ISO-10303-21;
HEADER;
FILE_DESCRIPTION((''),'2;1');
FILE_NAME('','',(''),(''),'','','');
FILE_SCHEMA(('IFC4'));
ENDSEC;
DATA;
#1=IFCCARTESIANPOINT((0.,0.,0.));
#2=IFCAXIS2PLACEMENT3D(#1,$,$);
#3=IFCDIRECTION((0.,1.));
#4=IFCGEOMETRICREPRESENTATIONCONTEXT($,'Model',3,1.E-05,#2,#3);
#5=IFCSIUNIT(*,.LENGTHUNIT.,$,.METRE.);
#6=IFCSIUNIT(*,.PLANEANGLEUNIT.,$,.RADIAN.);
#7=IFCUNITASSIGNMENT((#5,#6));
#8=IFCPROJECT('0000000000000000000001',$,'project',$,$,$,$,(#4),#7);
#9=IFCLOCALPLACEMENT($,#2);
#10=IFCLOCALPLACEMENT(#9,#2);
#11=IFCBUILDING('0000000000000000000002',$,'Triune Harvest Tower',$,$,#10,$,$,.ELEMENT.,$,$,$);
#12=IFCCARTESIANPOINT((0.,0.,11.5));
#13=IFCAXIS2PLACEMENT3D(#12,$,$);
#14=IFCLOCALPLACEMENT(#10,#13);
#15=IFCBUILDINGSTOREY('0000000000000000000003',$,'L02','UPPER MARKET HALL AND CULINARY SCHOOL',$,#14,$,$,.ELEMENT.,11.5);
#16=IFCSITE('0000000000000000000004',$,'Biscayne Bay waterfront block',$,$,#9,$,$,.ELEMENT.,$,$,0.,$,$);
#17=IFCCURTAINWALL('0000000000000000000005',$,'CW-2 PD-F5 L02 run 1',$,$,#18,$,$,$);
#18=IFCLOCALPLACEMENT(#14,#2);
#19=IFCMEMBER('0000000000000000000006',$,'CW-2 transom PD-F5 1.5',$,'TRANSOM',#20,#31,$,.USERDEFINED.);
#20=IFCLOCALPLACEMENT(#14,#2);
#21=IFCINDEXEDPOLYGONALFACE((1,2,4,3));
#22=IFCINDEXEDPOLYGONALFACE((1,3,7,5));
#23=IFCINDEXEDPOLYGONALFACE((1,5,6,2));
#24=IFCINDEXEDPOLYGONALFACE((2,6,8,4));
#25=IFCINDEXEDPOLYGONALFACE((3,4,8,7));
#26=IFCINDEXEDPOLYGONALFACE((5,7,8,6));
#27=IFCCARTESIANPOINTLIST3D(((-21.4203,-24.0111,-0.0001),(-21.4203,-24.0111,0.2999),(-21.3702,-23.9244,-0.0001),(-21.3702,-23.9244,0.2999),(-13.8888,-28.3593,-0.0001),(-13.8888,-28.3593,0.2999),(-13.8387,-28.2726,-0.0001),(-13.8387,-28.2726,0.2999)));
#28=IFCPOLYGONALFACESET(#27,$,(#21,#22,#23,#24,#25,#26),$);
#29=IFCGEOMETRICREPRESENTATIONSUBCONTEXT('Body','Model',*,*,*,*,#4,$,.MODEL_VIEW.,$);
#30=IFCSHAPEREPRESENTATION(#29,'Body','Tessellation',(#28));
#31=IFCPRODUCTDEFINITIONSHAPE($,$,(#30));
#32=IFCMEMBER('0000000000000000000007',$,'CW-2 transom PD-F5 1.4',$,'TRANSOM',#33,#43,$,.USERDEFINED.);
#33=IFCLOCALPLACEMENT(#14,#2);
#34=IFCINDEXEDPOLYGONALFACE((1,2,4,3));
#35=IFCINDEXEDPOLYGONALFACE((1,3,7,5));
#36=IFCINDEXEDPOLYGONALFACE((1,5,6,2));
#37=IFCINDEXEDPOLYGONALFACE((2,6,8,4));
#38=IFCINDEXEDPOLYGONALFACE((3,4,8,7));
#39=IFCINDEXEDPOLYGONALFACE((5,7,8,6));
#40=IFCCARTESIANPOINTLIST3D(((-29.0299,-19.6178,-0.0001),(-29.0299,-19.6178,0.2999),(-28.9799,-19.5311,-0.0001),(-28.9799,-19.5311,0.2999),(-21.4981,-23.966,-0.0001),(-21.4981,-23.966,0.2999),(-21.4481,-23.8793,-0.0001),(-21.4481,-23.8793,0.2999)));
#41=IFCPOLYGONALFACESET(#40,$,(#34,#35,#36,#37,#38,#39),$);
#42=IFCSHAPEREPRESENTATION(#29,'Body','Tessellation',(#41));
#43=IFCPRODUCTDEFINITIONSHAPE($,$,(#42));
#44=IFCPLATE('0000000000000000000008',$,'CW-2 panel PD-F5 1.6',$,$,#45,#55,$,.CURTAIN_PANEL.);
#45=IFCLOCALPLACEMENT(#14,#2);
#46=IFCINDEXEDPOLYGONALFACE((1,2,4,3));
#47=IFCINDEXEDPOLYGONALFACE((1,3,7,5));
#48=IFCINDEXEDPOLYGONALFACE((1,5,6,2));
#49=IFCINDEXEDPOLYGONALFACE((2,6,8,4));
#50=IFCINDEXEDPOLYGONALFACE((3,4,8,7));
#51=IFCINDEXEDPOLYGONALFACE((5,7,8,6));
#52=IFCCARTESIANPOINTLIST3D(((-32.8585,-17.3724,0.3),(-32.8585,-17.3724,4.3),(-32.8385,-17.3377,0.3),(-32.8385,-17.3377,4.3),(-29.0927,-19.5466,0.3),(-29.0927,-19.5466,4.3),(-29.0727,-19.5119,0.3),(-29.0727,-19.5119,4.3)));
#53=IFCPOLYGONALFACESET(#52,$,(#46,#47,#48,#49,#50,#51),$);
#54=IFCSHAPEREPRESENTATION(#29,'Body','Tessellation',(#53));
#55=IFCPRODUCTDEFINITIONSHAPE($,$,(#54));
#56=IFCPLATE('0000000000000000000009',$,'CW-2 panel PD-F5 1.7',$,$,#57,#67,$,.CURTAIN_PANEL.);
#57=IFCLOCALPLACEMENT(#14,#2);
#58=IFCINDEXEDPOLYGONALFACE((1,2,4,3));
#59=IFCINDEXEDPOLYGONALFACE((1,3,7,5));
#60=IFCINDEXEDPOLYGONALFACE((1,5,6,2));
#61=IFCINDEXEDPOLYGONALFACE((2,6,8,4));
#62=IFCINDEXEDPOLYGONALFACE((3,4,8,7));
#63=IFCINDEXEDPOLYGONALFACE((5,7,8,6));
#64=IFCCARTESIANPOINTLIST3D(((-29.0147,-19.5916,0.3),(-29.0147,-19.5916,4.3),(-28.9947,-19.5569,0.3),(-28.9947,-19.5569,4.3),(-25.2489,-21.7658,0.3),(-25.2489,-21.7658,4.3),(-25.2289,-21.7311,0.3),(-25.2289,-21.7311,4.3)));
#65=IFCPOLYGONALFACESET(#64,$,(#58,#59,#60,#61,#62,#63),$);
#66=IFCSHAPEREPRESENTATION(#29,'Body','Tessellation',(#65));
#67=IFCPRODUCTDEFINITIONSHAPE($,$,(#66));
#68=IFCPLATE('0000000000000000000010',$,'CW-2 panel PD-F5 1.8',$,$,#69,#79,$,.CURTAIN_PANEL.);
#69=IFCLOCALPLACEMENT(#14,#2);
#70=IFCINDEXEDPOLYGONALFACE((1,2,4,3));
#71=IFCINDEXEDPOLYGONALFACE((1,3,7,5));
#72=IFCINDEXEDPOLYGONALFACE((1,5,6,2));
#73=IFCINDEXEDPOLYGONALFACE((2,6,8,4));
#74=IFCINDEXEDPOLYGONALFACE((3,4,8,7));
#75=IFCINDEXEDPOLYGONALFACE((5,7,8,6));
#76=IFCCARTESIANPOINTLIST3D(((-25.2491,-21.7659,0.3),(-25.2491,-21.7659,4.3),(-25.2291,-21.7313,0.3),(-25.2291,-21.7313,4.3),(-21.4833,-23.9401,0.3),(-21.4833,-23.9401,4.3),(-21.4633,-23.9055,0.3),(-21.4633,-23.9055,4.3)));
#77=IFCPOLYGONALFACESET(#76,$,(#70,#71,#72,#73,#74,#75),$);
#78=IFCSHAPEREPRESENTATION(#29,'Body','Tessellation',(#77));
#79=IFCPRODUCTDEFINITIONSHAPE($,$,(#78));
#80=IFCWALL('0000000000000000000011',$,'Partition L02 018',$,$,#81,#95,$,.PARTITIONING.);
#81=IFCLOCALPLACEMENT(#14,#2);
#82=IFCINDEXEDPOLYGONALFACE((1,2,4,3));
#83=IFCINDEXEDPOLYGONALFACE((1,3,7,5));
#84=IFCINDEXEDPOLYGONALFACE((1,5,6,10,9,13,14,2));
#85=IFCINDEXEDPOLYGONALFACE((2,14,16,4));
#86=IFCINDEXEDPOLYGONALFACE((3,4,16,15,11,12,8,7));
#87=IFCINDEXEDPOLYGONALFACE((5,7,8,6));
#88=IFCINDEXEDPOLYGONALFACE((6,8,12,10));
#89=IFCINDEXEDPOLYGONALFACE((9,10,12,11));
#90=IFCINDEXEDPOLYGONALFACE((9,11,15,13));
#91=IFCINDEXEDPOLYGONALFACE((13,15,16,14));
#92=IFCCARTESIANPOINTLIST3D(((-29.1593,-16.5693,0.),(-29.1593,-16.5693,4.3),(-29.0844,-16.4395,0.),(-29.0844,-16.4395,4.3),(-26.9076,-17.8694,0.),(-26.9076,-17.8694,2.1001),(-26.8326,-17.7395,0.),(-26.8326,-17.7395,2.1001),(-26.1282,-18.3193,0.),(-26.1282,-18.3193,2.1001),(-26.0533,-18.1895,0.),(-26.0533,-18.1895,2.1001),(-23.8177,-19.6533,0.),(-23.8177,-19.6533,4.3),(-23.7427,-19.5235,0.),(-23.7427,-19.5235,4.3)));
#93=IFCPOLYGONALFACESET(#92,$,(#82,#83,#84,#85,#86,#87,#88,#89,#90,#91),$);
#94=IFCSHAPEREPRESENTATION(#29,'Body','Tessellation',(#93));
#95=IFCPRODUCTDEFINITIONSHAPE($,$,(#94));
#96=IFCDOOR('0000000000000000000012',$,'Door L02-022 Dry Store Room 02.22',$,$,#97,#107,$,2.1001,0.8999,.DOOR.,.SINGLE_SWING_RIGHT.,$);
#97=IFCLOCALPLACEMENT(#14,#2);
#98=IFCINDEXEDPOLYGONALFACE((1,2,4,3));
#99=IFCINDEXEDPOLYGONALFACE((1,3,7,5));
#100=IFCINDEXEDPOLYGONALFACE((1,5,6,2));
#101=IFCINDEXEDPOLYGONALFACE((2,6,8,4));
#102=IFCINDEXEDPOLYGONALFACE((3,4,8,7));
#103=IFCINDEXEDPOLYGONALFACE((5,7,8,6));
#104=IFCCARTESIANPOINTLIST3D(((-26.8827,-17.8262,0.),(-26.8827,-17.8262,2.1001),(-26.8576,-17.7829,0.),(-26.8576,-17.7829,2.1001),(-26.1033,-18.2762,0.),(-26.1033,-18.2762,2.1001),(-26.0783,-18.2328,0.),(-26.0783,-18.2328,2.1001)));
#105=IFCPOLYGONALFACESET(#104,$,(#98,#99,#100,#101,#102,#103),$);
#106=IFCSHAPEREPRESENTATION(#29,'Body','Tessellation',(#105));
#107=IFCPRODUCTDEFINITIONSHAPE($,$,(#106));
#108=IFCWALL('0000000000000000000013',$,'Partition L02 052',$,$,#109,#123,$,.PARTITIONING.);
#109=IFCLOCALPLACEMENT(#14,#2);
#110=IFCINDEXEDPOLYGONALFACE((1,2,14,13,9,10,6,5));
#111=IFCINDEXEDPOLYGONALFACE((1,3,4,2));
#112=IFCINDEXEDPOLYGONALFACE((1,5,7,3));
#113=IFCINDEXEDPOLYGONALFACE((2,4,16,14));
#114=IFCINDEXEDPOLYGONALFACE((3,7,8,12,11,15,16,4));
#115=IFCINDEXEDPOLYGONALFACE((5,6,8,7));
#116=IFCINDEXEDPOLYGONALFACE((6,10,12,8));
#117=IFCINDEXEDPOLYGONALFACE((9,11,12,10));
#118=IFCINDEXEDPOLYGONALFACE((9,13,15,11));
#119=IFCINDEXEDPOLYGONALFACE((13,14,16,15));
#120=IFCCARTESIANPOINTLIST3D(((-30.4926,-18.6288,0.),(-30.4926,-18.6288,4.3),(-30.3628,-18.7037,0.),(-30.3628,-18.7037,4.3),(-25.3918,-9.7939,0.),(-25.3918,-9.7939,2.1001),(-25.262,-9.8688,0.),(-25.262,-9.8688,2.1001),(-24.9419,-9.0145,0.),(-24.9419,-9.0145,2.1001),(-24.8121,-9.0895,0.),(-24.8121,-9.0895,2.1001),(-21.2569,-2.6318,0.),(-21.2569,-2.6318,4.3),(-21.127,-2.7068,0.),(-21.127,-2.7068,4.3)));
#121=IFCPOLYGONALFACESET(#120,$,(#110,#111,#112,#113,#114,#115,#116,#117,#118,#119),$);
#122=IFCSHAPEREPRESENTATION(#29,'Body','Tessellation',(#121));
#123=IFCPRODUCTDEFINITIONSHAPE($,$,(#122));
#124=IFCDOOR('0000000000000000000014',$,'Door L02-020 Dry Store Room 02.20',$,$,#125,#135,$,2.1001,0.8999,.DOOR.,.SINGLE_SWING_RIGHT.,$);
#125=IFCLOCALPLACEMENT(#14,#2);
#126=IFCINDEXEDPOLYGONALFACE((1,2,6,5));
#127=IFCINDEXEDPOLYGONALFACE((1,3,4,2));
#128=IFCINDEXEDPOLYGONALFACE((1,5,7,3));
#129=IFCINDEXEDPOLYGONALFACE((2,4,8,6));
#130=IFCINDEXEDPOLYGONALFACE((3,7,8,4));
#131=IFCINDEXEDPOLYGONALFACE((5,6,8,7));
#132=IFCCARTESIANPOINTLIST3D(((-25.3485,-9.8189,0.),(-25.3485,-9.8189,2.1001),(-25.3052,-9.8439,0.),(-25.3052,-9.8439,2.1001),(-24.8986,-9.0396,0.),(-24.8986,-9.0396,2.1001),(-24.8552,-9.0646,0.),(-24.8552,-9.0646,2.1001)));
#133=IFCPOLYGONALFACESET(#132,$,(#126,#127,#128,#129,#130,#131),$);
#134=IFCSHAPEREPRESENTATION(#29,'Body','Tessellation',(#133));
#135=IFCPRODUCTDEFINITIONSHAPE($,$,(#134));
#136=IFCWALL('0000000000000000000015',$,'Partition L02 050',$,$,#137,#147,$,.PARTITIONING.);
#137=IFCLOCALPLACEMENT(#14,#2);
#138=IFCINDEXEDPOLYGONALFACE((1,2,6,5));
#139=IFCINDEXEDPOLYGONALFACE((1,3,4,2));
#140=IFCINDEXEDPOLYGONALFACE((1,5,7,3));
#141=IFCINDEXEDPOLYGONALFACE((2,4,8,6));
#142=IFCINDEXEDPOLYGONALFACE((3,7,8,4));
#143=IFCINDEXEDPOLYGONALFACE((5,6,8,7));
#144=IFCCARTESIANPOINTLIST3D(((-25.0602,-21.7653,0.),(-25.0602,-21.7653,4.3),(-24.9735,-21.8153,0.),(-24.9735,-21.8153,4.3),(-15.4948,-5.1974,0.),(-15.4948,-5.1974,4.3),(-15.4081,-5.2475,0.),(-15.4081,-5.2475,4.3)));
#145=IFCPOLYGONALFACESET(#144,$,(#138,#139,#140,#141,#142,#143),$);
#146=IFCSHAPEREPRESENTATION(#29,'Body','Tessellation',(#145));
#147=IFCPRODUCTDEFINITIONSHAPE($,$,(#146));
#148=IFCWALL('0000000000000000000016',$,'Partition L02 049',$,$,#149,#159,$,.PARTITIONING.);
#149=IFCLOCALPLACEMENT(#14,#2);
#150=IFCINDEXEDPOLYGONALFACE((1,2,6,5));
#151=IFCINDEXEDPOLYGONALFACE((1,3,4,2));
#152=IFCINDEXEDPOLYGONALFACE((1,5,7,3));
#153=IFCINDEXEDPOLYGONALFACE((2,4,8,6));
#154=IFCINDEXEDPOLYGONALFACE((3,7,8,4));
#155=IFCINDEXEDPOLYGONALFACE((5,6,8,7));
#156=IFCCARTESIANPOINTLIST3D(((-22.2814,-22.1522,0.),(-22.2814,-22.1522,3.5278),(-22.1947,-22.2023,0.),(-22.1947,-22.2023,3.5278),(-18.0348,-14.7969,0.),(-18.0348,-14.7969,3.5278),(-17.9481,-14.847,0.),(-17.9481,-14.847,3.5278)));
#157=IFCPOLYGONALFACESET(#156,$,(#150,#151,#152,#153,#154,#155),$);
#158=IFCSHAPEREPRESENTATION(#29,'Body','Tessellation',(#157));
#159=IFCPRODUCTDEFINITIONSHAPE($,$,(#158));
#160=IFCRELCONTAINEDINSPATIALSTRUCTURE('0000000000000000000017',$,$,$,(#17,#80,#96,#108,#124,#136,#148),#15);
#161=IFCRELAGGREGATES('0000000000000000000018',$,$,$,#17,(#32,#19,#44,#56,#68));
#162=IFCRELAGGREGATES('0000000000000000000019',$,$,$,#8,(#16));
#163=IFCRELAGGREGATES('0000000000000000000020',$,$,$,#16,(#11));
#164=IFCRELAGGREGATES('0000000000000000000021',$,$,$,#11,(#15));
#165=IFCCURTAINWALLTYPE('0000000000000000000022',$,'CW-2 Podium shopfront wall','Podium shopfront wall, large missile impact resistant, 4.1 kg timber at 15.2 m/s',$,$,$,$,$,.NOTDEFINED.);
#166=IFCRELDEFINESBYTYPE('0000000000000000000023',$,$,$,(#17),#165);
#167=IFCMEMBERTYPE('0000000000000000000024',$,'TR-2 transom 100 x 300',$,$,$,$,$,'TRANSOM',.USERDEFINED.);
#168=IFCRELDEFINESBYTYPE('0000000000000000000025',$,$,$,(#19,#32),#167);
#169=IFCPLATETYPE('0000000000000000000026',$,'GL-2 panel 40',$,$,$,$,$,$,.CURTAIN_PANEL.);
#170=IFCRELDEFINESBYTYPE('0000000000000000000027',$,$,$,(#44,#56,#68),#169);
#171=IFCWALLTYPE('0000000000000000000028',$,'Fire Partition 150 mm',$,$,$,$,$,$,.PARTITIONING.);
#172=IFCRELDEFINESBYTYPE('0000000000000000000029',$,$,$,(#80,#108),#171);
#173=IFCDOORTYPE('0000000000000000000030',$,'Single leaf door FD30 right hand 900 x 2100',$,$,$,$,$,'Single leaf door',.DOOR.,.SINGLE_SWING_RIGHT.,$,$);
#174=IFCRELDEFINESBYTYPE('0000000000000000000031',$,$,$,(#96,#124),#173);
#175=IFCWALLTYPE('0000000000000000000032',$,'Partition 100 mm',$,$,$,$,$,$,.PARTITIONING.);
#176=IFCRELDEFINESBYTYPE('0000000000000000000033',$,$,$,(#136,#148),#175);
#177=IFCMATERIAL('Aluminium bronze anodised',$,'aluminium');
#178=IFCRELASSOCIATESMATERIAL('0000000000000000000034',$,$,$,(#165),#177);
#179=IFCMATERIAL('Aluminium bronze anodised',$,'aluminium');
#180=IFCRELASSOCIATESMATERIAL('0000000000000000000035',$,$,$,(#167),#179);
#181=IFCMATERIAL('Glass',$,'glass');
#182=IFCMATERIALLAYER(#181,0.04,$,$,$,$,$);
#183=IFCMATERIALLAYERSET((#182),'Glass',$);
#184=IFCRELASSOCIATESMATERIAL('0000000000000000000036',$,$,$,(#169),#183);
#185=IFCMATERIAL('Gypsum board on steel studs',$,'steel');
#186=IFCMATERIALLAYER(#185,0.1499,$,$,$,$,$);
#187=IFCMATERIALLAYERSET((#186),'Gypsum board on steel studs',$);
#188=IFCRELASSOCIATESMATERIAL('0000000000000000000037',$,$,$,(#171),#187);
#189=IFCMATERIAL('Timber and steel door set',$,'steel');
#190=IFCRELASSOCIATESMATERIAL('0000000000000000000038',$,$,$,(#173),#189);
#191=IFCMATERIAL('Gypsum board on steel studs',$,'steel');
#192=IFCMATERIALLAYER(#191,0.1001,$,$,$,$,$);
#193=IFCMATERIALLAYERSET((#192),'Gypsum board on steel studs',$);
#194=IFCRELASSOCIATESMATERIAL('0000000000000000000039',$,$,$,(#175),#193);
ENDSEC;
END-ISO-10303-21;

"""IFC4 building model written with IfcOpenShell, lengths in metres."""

from ifc_helpers import new_model, si_unit, direction, frame, frame_2d, origin, origin_2d, place, context, subcontext, project, spatial, rectangle, extrude, source, transform, mapped, material, layer, layer_set, material_profile, profile_set, type_object, element, fill, aggregate, save


model = new_model("IFC4")

# Units and contexts
model_context = context("Model", 3, precision=1e-05, world=origin(), true_north=direction((0.0, 1.0)))
body_context = subcontext(model_context, "Body", "Model", "MODEL_VIEW")
ifc_project = project(units=[si_unit("LENGTHUNIT", "METRE"), si_unit("PLANEANGLEUNIT", "RADIAN")], contexts=[model_context])

# Site, building, storey
site_placement = place(None, origin())
site = spatial("IfcSite", under=ifc_project, at=site_placement, Name="Biscayne Bay waterfront block", CompositionType="ELEMENT", RefElevation=0.0)
building_placement = place(site_placement, origin())
building = spatial("IfcBuilding", under=site, at=building_placement, Name="Triune Harvest Tower", CompositionType="ELEMENT")
storey_placement = place(building_placement, frame((0.0, 0.0, 11.5)))
storey = spatial("IfcBuildingStorey", under=building, at=storey_placement, Name="L02", Description="UPPER MARKET HALL AND CULINARY SCHOOL", CompositionType="ELEMENT", Elevation=11.5)

# Curtain wall, members, plates
ifc_material_1 = material(Name="Aluminium bronze anodised", Category="aluminium")
curtain_wall_type = type_object("IfcCurtainWallType", Name="CW-2 Podium shopfront wall", Description="Podium shopfront wall, large missile impact resistant, 4.1 kg timber at 15.2 m/s", PredefinedType="NOTDEFINED", material=ifc_material_1)
curtain_wall_placement = place(storey_placement, origin())
curtain_wall = element("IfcCurtainWall", 1, at=curtain_wall_placement, inside=storey, type_object=curtain_wall_type, Name="CW-2 PD-F5 L02 run 1")
ifc_material_2 = material(Name="Aluminium bronze anodised", Category="aluminium")
ifc_material_profile_1 = material_profile(ifc_material_2, rectangle(XDim=0.1001, YDim=0.3, at=origin_2d()), Name="TR-2 transom 100 x 300")
ifc_profile_set_1 = profile_set([ifc_material_profile_1], Name="Aluminium bronze anodised")
member_type_1 = type_object("IfcMemberType", Name="TR-2 transom 100 x 300", ElementType="TRANSOM", PredefinedType="USERDEFINED", material=ifc_profile_set_1)
shared_shape_1 = source(origin(), body_context, "Body", "SweptSolid", [
    extrude(rectangle(XDim=0.1001, YDim=0.3, at=origin_2d()), origin(), (0.0, 0.0, 1.0), 8.6965),
])
member_1_placement = place(storey_placement, frame((-21.3953, -23.9678, 0.1499), z_axis=(0.866034, -0.499986, 0.0), x_axis=(0.499986, 0.866034, 0.0)))
member_1 = element("IfcMember", 2, at=member_1_placement, type_object=member_type_1, Name="CW-2 transom PD-F5 1.5", ObjectType="TRANSOM", PredefinedType="USERDEFINED", context=body_context, shape_type="MappedRepresentation", body=[
    mapped(shared_shape_1, transform((0.0, 0.0, 0.0), scale=1.0)),
])
shared_shape_2 = source(origin(), body_context, "Body", "SweptSolid", [
    extrude(rectangle(XDim=0.1001, YDim=0.3, at=origin_2d()), origin(), (0.0, 0.0, 1.0), 8.6968),
])
member_2_placement = place(storey_placement, frame((-29.0049, -19.5745, 0.1499), z_axis=(0.866041, -0.499974, 0.0), x_axis=(0.499974, 0.866041, 0.0)))
member_2 = element("IfcMember", 3, at=member_2_placement, type_object=member_type_1, Name="CW-2 transom PD-F5 1.4", ObjectType="TRANSOM", PredefinedType="USERDEFINED", context=body_context, shape_type="MappedRepresentation", body=[
    mapped(shared_shape_2, transform((0.0, 0.0, 0.0), scale=1.0)),
])
ifc_material_3 = material(Name="Glass", Category="glass")
ifc_layer_1 = layer(ifc_material_3, 0.04)
ifc_layer_set_1 = layer_set([ifc_layer_1], Name="Glass")
plate_type = type_object("IfcPlateType", Name="GL-2 panel 40", PredefinedType="CURTAIN_PANEL", material=ifc_layer_set_1)
shared_shape_3 = source(origin(), body_context, "Body", "SweptSolid", [
    extrude(rectangle(XDim=4.3484, YDim=0.04, at=origin_2d()), origin(), (0.0, 0.0, 1.0), 4.0),
])
plate_1_placement = place(storey_placement, frame((-30.9656, -18.4421, 0.3), z_axis=(0.0, 0.0, 1.0), x_axis=(0.866025, -0.5, 0.0)))
plate_1 = element("IfcPlate", 4, at=plate_1_placement, type_object=plate_type, Name="CW-2 panel PD-F5 1.6", PredefinedType="CURTAIN_PANEL", context=body_context, shape_type="MappedRepresentation", body=[
    mapped(shared_shape_3, transform((0.0, 0.0, 0.0), scale=1.0)),
])
plate_2_placement = place(storey_placement, frame((-27.1218, -20.6614, 0.3), z_axis=(0.0, 0.0, 1.0), x_axis=(0.866025, -0.5, 0.0)))
plate_2 = element("IfcPlate", 5, at=plate_2_placement, type_object=plate_type, Name="CW-2 panel PD-F5 1.7", PredefinedType="CURTAIN_PANEL", context=body_context, shape_type="MappedRepresentation", body=[
    mapped(shared_shape_3, transform((0.0, 0.0, 0.0), scale=1.0)),
])
plate_3_placement = place(storey_placement, frame((-23.3562, -22.8357, 0.3), z_axis=(0.0, 0.0, 1.0), x_axis=(0.866025, -0.5, 0.0)))
plate_3 = element("IfcPlate", 6, at=plate_3_placement, type_object=plate_type, Name="CW-2 panel PD-F5 1.8", PredefinedType="CURTAIN_PANEL", context=body_context, shape_type="MappedRepresentation", body=[
    mapped(shared_shape_3, transform((0.0, 0.0, 0.0), scale=1.0)),
])
aggregate(curtain_wall, [member_2, member_1, plate_1, plate_2, plate_3])

# Walls, openings, doors
ifc_material_4 = material(Name="Gypsum board on steel studs", Category="steel")
ifc_layer_2 = layer(ifc_material_4, 0.1499)
ifc_layer_set_2 = layer_set([ifc_layer_2], Name="Gypsum board on steel studs")
wall_type_1 = type_object("IfcWallType", Name="Fire Partition 150 mm", PredefinedType="PARTITIONING", material=ifc_layer_set_2)
wall_1_placement = place(storey_placement, frame((-29.1218, -16.5044, 0.0), z_axis=(0.0, 0.0, 1.0), x_axis=(0.866023, -0.500005, 0.0)))
wall_1 = element("IfcWall", 7, at=wall_1_placement, inside=storey, type_object=wall_type_1, Name="Partition L02 018", PredefinedType="PARTITIONING", context=body_context, shape_type="SweptSolid", body=[
    extrude(rectangle(XDim=6.168, YDim=0.1499, at=frame_2d((3.084, 0.0))), origin(), (0.0, 0.0, 1.0), 4.3),
])
opening_1_placement = place(wall_1_placement, frame((2.6001, 0.0, 0.0)))
opening_1 = element("IfcOpeningElement", 8, at=opening_1_placement, cuts=wall_1, PredefinedType="OPENING", context=body_context, shape_type="SweptSolid", body=[
    extrude(rectangle(XDim=0.8999, YDim=2.1001, at=frame_2d((0.45, 1.05))), frame((0.0, 0.085, 0.0), z_axis=(0.0, -1.0, 0.0), x_axis=(1.0, 0.0, 0.0)), (0.0, 0.0, 1.0), 0.1699),
])
ifc_material_5 = material(Name="Timber and steel door set", Category="steel")
door_type = type_object("IfcDoorType", Name="Single leaf door FD30 right hand 900 x 2100", ElementType="Single leaf door", OperationType="SINGLE_SWING_RIGHT", PredefinedType="DOOR", material=ifc_material_5)
door_1_placement = place(opening_1_placement, origin())
door_1 = element("IfcDoor", 9, at=door_1_placement, inside=storey, type_object=door_type, Name="Door L02-022 Dry Store Room 02.22", OperationType="SINGLE_SWING_RIGHT", OverallHeight=2.1001, OverallWidth=0.8999, PredefinedType="DOOR", context=body_context, shape_type="SweptSolid", body=[
    extrude(rectangle(XDim=0.8999, YDim=2.1001, at=frame_2d((0.45, 1.05))), frame((0.0, 0.0249, 0.0), z_axis=(0.0, -1.0, 0.0), x_axis=(1.0, 0.0, 0.0)), (0.0, 0.0, 1.0), 0.05),
])
fill(opening_1, door_1)
wall_2_placement = place(storey_placement, frame((-30.4277, -18.6663, 0.0), z_axis=(0.0, 0.0, 1.0), x_axis=(0.499997, 0.866027, 0.0)))
wall_2 = element("IfcWall", 10, at=wall_2_placement, inside=storey, type_object=wall_type_1, Name="Partition L02 052", PredefinedType="PARTITIONING", context=body_context, shape_type="SweptSolid", body=[
    extrude(rectangle(XDim=18.4717, YDim=0.1499, at=frame_2d((9.2358, 0.0))), origin(), (0.0, 0.0, 1.0), 4.3),
])
opening_2_placement = place(wall_2_placement, frame((10.2017, 0.0, 0.0)))
opening_2 = element("IfcOpeningElement", 11, at=opening_2_placement, cuts=wall_2, PredefinedType="OPENING", context=body_context, shape_type="SweptSolid", body=[
    extrude(rectangle(XDim=0.8999, YDim=2.1001, at=frame_2d((0.45, 1.05))), frame((0.0, 0.085, 0.0), z_axis=(0.0, -1.0, 0.0), x_axis=(1.0, 0.0, 0.0)), (0.0, 0.0, 1.0), 0.1699),
])
door_2_placement = place(opening_2_placement, origin())
door_2 = element("IfcDoor", 12, at=door_2_placement, inside=storey, type_object=door_type, Name="Door L02-020 Dry Store Room 02.20", OperationType="SINGLE_SWING_RIGHT", OverallHeight=2.1001, OverallWidth=0.8999, PredefinedType="DOOR", context=body_context, shape_type="SweptSolid", body=[
    extrude(rectangle(XDim=0.8999, YDim=2.1001, at=frame_2d((0.45, 1.05))), frame((0.0, 0.0249, 0.0), z_axis=(0.0, -1.0, 0.0), x_axis=(1.0, 0.0, 0.0)), (0.0, 0.0, 1.0), 0.05),
])
fill(opening_2, door_2)

# Walls
ifc_material_6 = material(Name="Gypsum board on steel studs", Category="steel")
ifc_layer_3 = layer(ifc_material_6, 0.1001)
ifc_layer_set_3 = layer_set([ifc_layer_3], Name="Gypsum board on steel studs")
wall_type_2 = type_object("IfcWallType", Name="Partition 100 mm", PredefinedType="PARTITIONING", material=ifc_layer_set_3)
wall_3_placement = place(storey_placement, frame((-25.0168, -21.7903, 0.0), z_axis=(0.0, 0.0, 1.0), x_axis=(0.499999, 0.866026, 0.0)))
element("IfcWall", 13, at=wall_3_placement, inside=storey, type_object=wall_type_2, Name="Partition L02 050", PredefinedType="PARTITIONING", context=body_context, shape_type="SweptSolid", body=[
    extrude(rectangle(XDim=19.1309, YDim=0.1001, at=frame_2d((9.5654, 0.0))), origin(), (0.0, 0.0, 1.0), 4.3),
])
shared_shape_4 = source(origin(), body_context, "Body", "SweptSolid", [
    extrude(rectangle(XDim=8.4932, YDim=0.1001, at=frame_2d((4.2466, 0.0))), origin(), (0.0, 0.0, 1.0), 3.5278),
])
wall_4_placement = place(storey_placement, frame((-22.238, -22.1772, 0.0), z_axis=(0.0, 0.0, 1.0), x_axis=(0.500004, 0.866023, 0.0)))
element("IfcWall", 14, at=wall_4_placement, inside=storey, type_object=wall_type_2, Name="Partition L02 049", PredefinedType="PARTITIONING", context=body_context, shape_type="MappedRepresentation", body=[
    mapped(shared_shape_4, transform((0.0, 0.0, 0.0), scale=1.0)),
])

save(model, "model.ifc")
